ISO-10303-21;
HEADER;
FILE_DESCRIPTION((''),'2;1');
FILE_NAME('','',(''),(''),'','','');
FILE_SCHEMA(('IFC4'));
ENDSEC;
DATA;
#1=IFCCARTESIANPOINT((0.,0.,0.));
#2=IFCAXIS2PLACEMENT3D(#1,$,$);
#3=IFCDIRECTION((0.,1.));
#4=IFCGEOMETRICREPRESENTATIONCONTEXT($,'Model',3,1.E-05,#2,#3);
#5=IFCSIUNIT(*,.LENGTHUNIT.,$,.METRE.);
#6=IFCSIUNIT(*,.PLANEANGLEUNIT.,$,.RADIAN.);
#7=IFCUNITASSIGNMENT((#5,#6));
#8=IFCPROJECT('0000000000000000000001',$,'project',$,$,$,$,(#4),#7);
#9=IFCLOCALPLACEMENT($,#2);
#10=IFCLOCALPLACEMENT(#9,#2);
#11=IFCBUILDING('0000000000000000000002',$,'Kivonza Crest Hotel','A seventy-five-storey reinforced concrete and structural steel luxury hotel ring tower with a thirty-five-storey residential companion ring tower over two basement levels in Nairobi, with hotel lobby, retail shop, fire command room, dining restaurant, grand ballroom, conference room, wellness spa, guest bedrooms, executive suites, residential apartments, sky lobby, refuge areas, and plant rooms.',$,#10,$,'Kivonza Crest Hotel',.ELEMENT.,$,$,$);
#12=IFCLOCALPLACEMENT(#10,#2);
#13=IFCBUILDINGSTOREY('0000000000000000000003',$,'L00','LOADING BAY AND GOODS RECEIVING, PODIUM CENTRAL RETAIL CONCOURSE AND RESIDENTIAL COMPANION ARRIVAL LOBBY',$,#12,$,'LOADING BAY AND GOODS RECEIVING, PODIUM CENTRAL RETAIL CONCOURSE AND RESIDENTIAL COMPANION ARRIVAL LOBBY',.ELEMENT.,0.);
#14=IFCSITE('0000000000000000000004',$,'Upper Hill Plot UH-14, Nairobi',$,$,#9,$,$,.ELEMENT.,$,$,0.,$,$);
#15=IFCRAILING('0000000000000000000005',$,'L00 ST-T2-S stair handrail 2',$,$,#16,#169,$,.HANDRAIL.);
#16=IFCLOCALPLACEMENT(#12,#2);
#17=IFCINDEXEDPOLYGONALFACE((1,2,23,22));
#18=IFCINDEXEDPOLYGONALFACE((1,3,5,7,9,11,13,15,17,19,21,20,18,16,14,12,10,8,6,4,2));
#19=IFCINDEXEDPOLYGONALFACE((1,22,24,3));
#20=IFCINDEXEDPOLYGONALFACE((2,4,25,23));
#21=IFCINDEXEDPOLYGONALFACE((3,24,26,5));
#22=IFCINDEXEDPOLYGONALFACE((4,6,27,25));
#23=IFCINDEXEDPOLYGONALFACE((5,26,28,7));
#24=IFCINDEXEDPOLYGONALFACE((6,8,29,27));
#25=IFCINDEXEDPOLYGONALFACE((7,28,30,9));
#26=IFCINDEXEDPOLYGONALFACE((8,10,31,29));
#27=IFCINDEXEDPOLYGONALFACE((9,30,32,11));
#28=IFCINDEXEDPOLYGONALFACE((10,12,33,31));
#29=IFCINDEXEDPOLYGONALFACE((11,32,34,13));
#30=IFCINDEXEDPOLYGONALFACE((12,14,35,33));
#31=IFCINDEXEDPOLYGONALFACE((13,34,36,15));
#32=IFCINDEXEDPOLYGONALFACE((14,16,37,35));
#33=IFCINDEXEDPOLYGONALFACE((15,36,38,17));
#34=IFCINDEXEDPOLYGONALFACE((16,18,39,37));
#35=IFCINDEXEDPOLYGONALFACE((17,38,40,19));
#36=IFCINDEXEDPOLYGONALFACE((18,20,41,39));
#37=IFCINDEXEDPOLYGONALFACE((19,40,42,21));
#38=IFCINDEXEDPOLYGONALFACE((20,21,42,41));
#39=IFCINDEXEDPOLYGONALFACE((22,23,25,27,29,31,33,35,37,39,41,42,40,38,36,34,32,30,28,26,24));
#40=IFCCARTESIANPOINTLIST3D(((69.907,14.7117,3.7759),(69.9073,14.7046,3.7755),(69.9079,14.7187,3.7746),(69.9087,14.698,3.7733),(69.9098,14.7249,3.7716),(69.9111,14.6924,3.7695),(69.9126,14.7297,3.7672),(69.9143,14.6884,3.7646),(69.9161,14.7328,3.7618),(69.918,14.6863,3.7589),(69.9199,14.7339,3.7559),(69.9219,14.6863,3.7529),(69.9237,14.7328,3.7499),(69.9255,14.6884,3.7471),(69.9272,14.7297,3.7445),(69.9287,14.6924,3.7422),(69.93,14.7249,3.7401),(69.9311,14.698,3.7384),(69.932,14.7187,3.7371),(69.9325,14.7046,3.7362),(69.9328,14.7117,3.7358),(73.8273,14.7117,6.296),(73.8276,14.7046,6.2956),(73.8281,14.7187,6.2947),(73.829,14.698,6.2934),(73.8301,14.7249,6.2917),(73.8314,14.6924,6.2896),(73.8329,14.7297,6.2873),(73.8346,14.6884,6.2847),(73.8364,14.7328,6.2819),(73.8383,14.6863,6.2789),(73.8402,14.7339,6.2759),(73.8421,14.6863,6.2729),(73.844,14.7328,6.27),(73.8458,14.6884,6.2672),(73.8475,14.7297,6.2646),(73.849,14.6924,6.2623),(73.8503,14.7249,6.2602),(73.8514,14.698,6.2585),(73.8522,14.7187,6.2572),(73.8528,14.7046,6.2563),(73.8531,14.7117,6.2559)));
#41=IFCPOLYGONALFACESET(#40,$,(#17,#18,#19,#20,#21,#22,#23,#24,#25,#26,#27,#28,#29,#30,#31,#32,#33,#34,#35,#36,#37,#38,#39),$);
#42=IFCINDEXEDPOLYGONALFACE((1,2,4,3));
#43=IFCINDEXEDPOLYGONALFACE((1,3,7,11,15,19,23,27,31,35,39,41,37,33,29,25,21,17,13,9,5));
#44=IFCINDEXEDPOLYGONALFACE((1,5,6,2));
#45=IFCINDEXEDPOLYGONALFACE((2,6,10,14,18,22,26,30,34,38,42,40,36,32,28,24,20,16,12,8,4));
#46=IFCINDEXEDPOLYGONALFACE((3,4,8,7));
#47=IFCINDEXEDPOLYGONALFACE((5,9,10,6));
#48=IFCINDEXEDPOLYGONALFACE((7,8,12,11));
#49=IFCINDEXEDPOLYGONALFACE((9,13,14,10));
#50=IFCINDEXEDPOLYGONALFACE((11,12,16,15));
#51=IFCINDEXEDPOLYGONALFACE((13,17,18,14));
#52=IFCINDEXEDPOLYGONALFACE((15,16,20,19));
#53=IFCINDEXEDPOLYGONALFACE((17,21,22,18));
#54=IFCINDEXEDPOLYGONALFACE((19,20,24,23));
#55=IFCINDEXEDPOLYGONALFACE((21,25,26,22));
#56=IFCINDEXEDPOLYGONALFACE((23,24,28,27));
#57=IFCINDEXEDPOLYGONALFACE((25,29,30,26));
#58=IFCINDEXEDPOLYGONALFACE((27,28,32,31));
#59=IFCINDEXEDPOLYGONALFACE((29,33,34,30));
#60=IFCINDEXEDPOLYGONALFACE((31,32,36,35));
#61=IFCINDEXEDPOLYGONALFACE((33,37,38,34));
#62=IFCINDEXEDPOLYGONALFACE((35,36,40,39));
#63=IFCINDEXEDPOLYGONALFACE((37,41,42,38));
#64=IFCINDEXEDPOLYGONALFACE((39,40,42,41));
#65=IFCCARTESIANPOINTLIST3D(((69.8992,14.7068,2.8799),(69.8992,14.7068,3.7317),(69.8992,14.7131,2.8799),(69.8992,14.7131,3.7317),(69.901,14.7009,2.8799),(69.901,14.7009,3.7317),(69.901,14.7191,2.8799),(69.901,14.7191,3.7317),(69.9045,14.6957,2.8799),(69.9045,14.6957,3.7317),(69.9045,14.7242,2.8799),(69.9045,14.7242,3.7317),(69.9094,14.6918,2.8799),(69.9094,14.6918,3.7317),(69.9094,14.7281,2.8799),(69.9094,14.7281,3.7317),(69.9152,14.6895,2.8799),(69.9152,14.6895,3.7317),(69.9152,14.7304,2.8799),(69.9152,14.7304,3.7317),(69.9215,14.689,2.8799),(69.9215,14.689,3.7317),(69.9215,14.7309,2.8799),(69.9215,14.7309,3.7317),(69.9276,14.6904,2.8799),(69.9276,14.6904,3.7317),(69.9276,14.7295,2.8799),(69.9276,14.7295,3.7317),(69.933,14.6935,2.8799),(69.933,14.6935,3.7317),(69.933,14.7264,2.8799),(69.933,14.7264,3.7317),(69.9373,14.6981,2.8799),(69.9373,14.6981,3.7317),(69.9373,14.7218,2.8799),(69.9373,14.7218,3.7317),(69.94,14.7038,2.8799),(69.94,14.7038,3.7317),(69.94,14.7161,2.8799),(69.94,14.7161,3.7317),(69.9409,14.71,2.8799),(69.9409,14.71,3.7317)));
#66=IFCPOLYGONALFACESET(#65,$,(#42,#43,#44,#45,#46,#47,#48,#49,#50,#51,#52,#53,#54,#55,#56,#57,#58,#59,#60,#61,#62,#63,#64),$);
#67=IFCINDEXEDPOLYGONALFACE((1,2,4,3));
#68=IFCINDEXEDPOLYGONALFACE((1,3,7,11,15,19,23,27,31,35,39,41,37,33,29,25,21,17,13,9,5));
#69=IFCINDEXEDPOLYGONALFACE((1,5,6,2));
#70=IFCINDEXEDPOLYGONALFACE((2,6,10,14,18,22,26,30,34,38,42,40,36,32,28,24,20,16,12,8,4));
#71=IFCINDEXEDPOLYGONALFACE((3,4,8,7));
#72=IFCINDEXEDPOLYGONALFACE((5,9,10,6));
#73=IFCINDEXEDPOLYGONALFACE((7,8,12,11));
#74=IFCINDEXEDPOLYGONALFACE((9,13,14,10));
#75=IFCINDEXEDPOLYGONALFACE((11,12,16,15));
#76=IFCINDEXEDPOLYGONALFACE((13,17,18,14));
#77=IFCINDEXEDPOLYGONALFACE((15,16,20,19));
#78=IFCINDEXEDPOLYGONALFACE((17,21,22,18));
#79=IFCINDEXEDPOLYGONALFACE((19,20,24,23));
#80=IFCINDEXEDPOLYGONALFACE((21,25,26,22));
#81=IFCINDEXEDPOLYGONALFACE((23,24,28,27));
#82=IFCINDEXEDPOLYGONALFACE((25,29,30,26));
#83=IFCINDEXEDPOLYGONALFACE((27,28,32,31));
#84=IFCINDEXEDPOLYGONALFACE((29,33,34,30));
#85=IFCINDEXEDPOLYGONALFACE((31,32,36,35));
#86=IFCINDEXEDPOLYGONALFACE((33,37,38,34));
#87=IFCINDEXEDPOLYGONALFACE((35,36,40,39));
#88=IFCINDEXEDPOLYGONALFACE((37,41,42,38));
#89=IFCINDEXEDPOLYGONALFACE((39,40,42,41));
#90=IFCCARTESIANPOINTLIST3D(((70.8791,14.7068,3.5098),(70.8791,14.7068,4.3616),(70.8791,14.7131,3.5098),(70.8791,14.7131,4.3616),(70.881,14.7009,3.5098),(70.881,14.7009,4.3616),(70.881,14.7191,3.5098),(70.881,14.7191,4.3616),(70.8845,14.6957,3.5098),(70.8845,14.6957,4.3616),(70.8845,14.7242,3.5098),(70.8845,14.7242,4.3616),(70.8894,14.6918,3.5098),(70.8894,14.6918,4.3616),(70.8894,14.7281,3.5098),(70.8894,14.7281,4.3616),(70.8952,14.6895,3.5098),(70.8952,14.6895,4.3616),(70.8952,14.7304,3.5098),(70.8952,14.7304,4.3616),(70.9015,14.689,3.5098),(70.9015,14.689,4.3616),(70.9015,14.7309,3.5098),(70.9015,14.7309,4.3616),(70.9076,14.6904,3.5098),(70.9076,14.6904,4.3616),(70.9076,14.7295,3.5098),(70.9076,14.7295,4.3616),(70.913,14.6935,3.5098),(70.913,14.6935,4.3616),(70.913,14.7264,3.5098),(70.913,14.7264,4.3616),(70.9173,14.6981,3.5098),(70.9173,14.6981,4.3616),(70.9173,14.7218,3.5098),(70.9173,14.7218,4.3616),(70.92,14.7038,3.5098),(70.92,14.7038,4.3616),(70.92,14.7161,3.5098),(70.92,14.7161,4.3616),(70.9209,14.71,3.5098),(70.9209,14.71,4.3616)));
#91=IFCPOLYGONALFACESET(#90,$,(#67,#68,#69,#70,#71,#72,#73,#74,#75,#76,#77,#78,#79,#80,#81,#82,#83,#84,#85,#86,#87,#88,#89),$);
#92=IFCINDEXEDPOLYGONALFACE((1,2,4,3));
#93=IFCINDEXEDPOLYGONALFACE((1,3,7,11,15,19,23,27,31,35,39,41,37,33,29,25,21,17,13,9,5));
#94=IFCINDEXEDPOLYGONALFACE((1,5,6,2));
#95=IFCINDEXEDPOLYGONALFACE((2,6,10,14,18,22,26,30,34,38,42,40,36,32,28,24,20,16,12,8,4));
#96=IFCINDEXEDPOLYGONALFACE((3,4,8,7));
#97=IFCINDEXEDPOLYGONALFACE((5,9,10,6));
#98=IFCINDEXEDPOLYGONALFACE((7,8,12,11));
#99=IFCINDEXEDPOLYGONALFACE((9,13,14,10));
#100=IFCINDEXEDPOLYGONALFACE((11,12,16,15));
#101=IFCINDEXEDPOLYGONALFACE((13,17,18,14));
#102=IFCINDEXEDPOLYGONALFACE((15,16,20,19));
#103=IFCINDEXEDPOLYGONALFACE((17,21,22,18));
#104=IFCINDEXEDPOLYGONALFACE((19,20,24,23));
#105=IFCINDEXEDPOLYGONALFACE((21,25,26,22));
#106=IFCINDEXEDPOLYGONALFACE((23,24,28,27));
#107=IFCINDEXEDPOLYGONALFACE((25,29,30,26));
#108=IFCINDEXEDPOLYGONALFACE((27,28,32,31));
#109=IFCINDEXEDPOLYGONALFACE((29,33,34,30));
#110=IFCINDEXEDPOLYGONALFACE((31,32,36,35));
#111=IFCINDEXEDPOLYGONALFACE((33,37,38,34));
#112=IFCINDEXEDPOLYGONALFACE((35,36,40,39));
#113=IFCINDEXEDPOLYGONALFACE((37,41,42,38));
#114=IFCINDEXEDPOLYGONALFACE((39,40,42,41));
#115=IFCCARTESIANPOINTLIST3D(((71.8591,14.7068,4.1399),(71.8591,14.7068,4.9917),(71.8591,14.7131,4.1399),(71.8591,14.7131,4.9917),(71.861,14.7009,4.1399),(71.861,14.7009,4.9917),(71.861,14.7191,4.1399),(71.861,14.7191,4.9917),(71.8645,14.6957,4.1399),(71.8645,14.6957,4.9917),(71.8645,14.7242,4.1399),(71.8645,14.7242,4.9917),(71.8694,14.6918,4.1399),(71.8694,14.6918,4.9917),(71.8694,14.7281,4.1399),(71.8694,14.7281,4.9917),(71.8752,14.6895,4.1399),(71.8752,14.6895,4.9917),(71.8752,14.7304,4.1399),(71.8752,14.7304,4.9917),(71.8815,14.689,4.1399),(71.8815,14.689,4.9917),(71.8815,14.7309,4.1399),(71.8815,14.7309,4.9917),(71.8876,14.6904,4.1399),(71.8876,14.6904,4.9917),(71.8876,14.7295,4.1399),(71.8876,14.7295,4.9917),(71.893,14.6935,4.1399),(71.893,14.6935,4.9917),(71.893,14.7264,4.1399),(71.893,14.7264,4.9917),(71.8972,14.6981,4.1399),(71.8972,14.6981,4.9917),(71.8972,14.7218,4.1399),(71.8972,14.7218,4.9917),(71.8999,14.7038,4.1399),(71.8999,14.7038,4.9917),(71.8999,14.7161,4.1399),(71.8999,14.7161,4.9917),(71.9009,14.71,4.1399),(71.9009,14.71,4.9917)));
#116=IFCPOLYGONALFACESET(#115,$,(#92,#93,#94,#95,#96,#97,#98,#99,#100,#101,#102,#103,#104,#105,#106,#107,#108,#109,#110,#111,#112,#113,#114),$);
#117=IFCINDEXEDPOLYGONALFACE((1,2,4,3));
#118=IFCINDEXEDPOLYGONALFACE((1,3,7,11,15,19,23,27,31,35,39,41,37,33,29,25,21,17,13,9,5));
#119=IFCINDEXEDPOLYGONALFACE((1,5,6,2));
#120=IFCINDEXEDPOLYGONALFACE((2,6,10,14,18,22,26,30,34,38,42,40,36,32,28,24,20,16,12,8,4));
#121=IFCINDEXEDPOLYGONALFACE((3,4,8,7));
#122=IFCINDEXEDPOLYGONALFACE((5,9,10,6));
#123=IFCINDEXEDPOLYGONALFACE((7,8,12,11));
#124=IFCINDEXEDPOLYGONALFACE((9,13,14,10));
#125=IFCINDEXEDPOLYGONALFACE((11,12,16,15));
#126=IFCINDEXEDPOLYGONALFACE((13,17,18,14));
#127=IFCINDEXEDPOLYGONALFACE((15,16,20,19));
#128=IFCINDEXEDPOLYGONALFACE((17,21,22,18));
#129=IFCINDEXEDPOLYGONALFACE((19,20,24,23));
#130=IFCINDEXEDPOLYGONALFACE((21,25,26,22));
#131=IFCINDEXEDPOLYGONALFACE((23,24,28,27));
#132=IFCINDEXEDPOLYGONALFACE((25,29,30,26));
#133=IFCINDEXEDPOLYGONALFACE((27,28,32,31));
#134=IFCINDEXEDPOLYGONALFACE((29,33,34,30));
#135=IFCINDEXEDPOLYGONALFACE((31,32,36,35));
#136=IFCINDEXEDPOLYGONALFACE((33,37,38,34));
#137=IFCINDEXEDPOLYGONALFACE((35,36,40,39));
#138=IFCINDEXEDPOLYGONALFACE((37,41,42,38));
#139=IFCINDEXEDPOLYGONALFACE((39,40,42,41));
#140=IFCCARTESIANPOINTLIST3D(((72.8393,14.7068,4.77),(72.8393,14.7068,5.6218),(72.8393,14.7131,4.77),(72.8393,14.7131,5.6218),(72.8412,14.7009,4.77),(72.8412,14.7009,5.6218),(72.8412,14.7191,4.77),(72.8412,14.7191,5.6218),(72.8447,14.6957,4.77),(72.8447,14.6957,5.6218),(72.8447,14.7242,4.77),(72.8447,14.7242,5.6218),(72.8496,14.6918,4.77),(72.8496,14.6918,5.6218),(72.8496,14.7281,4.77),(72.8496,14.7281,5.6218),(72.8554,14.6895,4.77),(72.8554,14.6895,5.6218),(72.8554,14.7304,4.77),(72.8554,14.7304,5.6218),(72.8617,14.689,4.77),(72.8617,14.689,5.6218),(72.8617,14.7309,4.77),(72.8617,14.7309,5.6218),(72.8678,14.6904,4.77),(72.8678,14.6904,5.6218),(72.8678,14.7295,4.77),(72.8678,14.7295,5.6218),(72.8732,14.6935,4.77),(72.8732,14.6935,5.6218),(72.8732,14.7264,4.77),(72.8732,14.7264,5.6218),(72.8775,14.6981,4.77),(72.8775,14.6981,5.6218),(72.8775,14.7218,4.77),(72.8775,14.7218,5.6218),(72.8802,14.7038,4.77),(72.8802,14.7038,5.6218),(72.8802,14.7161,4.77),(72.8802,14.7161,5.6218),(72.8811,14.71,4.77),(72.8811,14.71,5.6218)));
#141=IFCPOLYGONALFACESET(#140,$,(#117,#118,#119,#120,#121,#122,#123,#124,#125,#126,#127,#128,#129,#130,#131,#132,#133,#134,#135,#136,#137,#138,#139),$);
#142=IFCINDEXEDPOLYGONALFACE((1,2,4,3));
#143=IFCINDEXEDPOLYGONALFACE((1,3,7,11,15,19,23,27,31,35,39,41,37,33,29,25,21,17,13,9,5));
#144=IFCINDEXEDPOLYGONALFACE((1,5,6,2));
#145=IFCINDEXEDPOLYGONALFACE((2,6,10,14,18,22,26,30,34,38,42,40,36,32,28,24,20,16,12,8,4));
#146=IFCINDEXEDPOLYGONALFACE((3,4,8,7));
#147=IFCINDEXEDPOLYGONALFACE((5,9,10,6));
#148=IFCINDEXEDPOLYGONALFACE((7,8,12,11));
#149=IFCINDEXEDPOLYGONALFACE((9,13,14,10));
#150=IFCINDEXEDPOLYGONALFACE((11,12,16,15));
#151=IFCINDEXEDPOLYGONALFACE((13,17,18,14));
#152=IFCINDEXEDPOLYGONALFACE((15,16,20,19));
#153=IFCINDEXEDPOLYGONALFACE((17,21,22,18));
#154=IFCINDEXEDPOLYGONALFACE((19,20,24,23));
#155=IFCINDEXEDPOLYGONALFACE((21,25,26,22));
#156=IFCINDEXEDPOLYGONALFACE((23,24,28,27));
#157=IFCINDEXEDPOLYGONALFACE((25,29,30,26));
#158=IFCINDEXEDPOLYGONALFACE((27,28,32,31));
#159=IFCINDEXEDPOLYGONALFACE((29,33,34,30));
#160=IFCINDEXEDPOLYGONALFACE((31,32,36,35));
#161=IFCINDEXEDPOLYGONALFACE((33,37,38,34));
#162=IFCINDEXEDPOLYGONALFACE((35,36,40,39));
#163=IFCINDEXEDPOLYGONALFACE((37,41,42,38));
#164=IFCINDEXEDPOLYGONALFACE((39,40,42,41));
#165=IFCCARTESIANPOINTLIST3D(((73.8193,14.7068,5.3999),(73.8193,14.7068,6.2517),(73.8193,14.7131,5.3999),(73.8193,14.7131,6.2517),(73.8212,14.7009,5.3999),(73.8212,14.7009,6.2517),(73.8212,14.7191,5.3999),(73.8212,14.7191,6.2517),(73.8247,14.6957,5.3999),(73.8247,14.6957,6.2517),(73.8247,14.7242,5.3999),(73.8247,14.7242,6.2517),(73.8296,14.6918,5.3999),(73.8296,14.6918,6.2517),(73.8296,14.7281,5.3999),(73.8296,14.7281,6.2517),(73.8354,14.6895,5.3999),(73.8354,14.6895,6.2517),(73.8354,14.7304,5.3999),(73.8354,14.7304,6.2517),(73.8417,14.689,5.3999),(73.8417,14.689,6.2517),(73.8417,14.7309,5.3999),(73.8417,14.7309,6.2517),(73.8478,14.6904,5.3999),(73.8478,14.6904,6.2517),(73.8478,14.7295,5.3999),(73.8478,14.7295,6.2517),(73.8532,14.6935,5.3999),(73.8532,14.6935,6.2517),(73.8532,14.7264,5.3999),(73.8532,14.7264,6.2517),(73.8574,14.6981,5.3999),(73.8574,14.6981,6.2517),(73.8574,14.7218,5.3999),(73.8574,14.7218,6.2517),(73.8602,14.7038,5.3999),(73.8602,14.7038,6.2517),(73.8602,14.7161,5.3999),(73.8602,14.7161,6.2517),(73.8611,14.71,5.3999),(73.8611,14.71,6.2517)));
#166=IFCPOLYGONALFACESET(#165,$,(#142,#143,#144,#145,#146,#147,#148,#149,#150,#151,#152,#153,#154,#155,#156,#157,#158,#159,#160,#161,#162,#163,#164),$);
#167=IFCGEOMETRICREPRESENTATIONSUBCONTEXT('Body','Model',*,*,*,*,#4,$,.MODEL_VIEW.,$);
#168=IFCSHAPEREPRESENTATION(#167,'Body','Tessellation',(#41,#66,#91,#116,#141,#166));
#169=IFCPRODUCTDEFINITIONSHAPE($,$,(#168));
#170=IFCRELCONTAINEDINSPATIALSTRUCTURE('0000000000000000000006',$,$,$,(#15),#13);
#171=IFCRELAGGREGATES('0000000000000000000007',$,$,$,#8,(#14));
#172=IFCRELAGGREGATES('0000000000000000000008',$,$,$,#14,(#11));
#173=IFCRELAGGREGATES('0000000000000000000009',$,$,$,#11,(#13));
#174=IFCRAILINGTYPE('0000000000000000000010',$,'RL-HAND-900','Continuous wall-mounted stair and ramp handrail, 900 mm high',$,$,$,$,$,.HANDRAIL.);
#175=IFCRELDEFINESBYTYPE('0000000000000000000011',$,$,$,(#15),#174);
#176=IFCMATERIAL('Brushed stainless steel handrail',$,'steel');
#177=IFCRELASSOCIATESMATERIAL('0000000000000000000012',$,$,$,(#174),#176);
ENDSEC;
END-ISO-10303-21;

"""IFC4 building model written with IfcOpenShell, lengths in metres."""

from ifc_helpers import new_model, si_unit, direction, frame, origin, origin_2d, place, context, subcontext, project, spatial, circle, extrude, material, type_object, element, save


model = new_model("IFC4")

# Units and contexts
model_context = context("Model", 3, precision=1e-05, world=origin(), true_north=direction((0.0, 1.0)))
body_context = subcontext(model_context, "Body", "Model", "MODEL_VIEW")
ifc_project = project(units=[si_unit("LENGTHUNIT", "METRE"), si_unit("PLANEANGLEUNIT", "RADIAN")], contexts=[model_context])

# Site, building, storey
site_placement = place(None, origin())
site = spatial("IfcSite", under=ifc_project, at=site_placement, Name="Upper Hill Plot UH-14, Nairobi", CompositionType="ELEMENT", RefElevation=0.0)
building_placement = place(site_placement, origin())
building = spatial("IfcBuilding", under=site, at=building_placement, Name="Kivonza Crest Hotel", Description="A seventy-five-storey reinforced concrete and structural steel luxury hotel ring tower with a thirty-five-storey residential companion ring tower over two basement levels in Nairobi, with hotel lobby, retail shop, fire command room, dining restaurant, grand ballroom, conference room, wellness spa, guest bedrooms, executive suites, residential apartments, sky lobby, refuge areas, and plant rooms.", LongName="Kivonza Crest Hotel", CompositionType="ELEMENT")
storey_placement = place(building_placement, origin())
storey = spatial("IfcBuildingStorey", under=building, at=storey_placement, Name="L00", Description="LOADING BAY AND GOODS RECEIVING, PODIUM CENTRAL RETAIL CONCOURSE AND RESIDENTIAL COMPANION ARRIVAL LOBBY", LongName="LOADING BAY AND GOODS RECEIVING, PODIUM CENTRAL RETAIL CONCOURSE AND RESIDENTIAL COMPANION ARRIVAL LOBBY", CompositionType="ELEMENT", Elevation=0.0)

# Railing
ifc_material_1 = material(Name="Brushed stainless steel handrail", Category="steel")
railing_type_1 = type_object("IfcRailingType", Name="RL-HAND-900", Description="Continuous wall-mounted stair and ramp handrail, 900 mm high", PredefinedType="HANDRAIL", material=ifc_material_1)
railing_1_placement = place(storey_placement, frame((69.9199, 14.71, 2.8799)))
element("IfcRailing", 1, at=railing_1_placement, inside=storey, type_object=railing_type_1, Name="L00 ST-T2-S stair handrail 2", PredefinedType="HANDRAIL", context=body_context, shape_type="SweptSolid", body=[
    extrude(circle(Radius=0.0239, at=origin_2d()), frame((0.0, 0.0, 0.876), z_axis=(0.841187, 0.0, 0.540744), x_axis=(0.0, 1.0, 0.0)), (0.0, 0.0, 1.0), 4.6604),
    extrude(circle(Radius=0.021, at=origin_2d()), origin(), (0.0, 0.0, 1.0), 0.8518),
    extrude(circle(Radius=0.021, at=origin_2d()), frame((0.98, 0.0, 0.6299)), (0.0, 0.0, 1.0), 0.8518),
    extrude(circle(Radius=0.021, at=origin_2d()), frame((1.96, 0.0, 1.26)), (0.0, 0.0, 1.0), 0.8518),
    extrude(circle(Radius=0.021, at=origin_2d()), frame((2.9402, 0.0, 1.8901)), (0.0, 0.0, 1.0), 0.8518),
    extrude(circle(Radius=0.021, at=origin_2d()), frame((3.9202, 0.0, 2.52)), (0.0, 0.0, 1.0), 0.8518),
])

save(model, "model.ifc")
